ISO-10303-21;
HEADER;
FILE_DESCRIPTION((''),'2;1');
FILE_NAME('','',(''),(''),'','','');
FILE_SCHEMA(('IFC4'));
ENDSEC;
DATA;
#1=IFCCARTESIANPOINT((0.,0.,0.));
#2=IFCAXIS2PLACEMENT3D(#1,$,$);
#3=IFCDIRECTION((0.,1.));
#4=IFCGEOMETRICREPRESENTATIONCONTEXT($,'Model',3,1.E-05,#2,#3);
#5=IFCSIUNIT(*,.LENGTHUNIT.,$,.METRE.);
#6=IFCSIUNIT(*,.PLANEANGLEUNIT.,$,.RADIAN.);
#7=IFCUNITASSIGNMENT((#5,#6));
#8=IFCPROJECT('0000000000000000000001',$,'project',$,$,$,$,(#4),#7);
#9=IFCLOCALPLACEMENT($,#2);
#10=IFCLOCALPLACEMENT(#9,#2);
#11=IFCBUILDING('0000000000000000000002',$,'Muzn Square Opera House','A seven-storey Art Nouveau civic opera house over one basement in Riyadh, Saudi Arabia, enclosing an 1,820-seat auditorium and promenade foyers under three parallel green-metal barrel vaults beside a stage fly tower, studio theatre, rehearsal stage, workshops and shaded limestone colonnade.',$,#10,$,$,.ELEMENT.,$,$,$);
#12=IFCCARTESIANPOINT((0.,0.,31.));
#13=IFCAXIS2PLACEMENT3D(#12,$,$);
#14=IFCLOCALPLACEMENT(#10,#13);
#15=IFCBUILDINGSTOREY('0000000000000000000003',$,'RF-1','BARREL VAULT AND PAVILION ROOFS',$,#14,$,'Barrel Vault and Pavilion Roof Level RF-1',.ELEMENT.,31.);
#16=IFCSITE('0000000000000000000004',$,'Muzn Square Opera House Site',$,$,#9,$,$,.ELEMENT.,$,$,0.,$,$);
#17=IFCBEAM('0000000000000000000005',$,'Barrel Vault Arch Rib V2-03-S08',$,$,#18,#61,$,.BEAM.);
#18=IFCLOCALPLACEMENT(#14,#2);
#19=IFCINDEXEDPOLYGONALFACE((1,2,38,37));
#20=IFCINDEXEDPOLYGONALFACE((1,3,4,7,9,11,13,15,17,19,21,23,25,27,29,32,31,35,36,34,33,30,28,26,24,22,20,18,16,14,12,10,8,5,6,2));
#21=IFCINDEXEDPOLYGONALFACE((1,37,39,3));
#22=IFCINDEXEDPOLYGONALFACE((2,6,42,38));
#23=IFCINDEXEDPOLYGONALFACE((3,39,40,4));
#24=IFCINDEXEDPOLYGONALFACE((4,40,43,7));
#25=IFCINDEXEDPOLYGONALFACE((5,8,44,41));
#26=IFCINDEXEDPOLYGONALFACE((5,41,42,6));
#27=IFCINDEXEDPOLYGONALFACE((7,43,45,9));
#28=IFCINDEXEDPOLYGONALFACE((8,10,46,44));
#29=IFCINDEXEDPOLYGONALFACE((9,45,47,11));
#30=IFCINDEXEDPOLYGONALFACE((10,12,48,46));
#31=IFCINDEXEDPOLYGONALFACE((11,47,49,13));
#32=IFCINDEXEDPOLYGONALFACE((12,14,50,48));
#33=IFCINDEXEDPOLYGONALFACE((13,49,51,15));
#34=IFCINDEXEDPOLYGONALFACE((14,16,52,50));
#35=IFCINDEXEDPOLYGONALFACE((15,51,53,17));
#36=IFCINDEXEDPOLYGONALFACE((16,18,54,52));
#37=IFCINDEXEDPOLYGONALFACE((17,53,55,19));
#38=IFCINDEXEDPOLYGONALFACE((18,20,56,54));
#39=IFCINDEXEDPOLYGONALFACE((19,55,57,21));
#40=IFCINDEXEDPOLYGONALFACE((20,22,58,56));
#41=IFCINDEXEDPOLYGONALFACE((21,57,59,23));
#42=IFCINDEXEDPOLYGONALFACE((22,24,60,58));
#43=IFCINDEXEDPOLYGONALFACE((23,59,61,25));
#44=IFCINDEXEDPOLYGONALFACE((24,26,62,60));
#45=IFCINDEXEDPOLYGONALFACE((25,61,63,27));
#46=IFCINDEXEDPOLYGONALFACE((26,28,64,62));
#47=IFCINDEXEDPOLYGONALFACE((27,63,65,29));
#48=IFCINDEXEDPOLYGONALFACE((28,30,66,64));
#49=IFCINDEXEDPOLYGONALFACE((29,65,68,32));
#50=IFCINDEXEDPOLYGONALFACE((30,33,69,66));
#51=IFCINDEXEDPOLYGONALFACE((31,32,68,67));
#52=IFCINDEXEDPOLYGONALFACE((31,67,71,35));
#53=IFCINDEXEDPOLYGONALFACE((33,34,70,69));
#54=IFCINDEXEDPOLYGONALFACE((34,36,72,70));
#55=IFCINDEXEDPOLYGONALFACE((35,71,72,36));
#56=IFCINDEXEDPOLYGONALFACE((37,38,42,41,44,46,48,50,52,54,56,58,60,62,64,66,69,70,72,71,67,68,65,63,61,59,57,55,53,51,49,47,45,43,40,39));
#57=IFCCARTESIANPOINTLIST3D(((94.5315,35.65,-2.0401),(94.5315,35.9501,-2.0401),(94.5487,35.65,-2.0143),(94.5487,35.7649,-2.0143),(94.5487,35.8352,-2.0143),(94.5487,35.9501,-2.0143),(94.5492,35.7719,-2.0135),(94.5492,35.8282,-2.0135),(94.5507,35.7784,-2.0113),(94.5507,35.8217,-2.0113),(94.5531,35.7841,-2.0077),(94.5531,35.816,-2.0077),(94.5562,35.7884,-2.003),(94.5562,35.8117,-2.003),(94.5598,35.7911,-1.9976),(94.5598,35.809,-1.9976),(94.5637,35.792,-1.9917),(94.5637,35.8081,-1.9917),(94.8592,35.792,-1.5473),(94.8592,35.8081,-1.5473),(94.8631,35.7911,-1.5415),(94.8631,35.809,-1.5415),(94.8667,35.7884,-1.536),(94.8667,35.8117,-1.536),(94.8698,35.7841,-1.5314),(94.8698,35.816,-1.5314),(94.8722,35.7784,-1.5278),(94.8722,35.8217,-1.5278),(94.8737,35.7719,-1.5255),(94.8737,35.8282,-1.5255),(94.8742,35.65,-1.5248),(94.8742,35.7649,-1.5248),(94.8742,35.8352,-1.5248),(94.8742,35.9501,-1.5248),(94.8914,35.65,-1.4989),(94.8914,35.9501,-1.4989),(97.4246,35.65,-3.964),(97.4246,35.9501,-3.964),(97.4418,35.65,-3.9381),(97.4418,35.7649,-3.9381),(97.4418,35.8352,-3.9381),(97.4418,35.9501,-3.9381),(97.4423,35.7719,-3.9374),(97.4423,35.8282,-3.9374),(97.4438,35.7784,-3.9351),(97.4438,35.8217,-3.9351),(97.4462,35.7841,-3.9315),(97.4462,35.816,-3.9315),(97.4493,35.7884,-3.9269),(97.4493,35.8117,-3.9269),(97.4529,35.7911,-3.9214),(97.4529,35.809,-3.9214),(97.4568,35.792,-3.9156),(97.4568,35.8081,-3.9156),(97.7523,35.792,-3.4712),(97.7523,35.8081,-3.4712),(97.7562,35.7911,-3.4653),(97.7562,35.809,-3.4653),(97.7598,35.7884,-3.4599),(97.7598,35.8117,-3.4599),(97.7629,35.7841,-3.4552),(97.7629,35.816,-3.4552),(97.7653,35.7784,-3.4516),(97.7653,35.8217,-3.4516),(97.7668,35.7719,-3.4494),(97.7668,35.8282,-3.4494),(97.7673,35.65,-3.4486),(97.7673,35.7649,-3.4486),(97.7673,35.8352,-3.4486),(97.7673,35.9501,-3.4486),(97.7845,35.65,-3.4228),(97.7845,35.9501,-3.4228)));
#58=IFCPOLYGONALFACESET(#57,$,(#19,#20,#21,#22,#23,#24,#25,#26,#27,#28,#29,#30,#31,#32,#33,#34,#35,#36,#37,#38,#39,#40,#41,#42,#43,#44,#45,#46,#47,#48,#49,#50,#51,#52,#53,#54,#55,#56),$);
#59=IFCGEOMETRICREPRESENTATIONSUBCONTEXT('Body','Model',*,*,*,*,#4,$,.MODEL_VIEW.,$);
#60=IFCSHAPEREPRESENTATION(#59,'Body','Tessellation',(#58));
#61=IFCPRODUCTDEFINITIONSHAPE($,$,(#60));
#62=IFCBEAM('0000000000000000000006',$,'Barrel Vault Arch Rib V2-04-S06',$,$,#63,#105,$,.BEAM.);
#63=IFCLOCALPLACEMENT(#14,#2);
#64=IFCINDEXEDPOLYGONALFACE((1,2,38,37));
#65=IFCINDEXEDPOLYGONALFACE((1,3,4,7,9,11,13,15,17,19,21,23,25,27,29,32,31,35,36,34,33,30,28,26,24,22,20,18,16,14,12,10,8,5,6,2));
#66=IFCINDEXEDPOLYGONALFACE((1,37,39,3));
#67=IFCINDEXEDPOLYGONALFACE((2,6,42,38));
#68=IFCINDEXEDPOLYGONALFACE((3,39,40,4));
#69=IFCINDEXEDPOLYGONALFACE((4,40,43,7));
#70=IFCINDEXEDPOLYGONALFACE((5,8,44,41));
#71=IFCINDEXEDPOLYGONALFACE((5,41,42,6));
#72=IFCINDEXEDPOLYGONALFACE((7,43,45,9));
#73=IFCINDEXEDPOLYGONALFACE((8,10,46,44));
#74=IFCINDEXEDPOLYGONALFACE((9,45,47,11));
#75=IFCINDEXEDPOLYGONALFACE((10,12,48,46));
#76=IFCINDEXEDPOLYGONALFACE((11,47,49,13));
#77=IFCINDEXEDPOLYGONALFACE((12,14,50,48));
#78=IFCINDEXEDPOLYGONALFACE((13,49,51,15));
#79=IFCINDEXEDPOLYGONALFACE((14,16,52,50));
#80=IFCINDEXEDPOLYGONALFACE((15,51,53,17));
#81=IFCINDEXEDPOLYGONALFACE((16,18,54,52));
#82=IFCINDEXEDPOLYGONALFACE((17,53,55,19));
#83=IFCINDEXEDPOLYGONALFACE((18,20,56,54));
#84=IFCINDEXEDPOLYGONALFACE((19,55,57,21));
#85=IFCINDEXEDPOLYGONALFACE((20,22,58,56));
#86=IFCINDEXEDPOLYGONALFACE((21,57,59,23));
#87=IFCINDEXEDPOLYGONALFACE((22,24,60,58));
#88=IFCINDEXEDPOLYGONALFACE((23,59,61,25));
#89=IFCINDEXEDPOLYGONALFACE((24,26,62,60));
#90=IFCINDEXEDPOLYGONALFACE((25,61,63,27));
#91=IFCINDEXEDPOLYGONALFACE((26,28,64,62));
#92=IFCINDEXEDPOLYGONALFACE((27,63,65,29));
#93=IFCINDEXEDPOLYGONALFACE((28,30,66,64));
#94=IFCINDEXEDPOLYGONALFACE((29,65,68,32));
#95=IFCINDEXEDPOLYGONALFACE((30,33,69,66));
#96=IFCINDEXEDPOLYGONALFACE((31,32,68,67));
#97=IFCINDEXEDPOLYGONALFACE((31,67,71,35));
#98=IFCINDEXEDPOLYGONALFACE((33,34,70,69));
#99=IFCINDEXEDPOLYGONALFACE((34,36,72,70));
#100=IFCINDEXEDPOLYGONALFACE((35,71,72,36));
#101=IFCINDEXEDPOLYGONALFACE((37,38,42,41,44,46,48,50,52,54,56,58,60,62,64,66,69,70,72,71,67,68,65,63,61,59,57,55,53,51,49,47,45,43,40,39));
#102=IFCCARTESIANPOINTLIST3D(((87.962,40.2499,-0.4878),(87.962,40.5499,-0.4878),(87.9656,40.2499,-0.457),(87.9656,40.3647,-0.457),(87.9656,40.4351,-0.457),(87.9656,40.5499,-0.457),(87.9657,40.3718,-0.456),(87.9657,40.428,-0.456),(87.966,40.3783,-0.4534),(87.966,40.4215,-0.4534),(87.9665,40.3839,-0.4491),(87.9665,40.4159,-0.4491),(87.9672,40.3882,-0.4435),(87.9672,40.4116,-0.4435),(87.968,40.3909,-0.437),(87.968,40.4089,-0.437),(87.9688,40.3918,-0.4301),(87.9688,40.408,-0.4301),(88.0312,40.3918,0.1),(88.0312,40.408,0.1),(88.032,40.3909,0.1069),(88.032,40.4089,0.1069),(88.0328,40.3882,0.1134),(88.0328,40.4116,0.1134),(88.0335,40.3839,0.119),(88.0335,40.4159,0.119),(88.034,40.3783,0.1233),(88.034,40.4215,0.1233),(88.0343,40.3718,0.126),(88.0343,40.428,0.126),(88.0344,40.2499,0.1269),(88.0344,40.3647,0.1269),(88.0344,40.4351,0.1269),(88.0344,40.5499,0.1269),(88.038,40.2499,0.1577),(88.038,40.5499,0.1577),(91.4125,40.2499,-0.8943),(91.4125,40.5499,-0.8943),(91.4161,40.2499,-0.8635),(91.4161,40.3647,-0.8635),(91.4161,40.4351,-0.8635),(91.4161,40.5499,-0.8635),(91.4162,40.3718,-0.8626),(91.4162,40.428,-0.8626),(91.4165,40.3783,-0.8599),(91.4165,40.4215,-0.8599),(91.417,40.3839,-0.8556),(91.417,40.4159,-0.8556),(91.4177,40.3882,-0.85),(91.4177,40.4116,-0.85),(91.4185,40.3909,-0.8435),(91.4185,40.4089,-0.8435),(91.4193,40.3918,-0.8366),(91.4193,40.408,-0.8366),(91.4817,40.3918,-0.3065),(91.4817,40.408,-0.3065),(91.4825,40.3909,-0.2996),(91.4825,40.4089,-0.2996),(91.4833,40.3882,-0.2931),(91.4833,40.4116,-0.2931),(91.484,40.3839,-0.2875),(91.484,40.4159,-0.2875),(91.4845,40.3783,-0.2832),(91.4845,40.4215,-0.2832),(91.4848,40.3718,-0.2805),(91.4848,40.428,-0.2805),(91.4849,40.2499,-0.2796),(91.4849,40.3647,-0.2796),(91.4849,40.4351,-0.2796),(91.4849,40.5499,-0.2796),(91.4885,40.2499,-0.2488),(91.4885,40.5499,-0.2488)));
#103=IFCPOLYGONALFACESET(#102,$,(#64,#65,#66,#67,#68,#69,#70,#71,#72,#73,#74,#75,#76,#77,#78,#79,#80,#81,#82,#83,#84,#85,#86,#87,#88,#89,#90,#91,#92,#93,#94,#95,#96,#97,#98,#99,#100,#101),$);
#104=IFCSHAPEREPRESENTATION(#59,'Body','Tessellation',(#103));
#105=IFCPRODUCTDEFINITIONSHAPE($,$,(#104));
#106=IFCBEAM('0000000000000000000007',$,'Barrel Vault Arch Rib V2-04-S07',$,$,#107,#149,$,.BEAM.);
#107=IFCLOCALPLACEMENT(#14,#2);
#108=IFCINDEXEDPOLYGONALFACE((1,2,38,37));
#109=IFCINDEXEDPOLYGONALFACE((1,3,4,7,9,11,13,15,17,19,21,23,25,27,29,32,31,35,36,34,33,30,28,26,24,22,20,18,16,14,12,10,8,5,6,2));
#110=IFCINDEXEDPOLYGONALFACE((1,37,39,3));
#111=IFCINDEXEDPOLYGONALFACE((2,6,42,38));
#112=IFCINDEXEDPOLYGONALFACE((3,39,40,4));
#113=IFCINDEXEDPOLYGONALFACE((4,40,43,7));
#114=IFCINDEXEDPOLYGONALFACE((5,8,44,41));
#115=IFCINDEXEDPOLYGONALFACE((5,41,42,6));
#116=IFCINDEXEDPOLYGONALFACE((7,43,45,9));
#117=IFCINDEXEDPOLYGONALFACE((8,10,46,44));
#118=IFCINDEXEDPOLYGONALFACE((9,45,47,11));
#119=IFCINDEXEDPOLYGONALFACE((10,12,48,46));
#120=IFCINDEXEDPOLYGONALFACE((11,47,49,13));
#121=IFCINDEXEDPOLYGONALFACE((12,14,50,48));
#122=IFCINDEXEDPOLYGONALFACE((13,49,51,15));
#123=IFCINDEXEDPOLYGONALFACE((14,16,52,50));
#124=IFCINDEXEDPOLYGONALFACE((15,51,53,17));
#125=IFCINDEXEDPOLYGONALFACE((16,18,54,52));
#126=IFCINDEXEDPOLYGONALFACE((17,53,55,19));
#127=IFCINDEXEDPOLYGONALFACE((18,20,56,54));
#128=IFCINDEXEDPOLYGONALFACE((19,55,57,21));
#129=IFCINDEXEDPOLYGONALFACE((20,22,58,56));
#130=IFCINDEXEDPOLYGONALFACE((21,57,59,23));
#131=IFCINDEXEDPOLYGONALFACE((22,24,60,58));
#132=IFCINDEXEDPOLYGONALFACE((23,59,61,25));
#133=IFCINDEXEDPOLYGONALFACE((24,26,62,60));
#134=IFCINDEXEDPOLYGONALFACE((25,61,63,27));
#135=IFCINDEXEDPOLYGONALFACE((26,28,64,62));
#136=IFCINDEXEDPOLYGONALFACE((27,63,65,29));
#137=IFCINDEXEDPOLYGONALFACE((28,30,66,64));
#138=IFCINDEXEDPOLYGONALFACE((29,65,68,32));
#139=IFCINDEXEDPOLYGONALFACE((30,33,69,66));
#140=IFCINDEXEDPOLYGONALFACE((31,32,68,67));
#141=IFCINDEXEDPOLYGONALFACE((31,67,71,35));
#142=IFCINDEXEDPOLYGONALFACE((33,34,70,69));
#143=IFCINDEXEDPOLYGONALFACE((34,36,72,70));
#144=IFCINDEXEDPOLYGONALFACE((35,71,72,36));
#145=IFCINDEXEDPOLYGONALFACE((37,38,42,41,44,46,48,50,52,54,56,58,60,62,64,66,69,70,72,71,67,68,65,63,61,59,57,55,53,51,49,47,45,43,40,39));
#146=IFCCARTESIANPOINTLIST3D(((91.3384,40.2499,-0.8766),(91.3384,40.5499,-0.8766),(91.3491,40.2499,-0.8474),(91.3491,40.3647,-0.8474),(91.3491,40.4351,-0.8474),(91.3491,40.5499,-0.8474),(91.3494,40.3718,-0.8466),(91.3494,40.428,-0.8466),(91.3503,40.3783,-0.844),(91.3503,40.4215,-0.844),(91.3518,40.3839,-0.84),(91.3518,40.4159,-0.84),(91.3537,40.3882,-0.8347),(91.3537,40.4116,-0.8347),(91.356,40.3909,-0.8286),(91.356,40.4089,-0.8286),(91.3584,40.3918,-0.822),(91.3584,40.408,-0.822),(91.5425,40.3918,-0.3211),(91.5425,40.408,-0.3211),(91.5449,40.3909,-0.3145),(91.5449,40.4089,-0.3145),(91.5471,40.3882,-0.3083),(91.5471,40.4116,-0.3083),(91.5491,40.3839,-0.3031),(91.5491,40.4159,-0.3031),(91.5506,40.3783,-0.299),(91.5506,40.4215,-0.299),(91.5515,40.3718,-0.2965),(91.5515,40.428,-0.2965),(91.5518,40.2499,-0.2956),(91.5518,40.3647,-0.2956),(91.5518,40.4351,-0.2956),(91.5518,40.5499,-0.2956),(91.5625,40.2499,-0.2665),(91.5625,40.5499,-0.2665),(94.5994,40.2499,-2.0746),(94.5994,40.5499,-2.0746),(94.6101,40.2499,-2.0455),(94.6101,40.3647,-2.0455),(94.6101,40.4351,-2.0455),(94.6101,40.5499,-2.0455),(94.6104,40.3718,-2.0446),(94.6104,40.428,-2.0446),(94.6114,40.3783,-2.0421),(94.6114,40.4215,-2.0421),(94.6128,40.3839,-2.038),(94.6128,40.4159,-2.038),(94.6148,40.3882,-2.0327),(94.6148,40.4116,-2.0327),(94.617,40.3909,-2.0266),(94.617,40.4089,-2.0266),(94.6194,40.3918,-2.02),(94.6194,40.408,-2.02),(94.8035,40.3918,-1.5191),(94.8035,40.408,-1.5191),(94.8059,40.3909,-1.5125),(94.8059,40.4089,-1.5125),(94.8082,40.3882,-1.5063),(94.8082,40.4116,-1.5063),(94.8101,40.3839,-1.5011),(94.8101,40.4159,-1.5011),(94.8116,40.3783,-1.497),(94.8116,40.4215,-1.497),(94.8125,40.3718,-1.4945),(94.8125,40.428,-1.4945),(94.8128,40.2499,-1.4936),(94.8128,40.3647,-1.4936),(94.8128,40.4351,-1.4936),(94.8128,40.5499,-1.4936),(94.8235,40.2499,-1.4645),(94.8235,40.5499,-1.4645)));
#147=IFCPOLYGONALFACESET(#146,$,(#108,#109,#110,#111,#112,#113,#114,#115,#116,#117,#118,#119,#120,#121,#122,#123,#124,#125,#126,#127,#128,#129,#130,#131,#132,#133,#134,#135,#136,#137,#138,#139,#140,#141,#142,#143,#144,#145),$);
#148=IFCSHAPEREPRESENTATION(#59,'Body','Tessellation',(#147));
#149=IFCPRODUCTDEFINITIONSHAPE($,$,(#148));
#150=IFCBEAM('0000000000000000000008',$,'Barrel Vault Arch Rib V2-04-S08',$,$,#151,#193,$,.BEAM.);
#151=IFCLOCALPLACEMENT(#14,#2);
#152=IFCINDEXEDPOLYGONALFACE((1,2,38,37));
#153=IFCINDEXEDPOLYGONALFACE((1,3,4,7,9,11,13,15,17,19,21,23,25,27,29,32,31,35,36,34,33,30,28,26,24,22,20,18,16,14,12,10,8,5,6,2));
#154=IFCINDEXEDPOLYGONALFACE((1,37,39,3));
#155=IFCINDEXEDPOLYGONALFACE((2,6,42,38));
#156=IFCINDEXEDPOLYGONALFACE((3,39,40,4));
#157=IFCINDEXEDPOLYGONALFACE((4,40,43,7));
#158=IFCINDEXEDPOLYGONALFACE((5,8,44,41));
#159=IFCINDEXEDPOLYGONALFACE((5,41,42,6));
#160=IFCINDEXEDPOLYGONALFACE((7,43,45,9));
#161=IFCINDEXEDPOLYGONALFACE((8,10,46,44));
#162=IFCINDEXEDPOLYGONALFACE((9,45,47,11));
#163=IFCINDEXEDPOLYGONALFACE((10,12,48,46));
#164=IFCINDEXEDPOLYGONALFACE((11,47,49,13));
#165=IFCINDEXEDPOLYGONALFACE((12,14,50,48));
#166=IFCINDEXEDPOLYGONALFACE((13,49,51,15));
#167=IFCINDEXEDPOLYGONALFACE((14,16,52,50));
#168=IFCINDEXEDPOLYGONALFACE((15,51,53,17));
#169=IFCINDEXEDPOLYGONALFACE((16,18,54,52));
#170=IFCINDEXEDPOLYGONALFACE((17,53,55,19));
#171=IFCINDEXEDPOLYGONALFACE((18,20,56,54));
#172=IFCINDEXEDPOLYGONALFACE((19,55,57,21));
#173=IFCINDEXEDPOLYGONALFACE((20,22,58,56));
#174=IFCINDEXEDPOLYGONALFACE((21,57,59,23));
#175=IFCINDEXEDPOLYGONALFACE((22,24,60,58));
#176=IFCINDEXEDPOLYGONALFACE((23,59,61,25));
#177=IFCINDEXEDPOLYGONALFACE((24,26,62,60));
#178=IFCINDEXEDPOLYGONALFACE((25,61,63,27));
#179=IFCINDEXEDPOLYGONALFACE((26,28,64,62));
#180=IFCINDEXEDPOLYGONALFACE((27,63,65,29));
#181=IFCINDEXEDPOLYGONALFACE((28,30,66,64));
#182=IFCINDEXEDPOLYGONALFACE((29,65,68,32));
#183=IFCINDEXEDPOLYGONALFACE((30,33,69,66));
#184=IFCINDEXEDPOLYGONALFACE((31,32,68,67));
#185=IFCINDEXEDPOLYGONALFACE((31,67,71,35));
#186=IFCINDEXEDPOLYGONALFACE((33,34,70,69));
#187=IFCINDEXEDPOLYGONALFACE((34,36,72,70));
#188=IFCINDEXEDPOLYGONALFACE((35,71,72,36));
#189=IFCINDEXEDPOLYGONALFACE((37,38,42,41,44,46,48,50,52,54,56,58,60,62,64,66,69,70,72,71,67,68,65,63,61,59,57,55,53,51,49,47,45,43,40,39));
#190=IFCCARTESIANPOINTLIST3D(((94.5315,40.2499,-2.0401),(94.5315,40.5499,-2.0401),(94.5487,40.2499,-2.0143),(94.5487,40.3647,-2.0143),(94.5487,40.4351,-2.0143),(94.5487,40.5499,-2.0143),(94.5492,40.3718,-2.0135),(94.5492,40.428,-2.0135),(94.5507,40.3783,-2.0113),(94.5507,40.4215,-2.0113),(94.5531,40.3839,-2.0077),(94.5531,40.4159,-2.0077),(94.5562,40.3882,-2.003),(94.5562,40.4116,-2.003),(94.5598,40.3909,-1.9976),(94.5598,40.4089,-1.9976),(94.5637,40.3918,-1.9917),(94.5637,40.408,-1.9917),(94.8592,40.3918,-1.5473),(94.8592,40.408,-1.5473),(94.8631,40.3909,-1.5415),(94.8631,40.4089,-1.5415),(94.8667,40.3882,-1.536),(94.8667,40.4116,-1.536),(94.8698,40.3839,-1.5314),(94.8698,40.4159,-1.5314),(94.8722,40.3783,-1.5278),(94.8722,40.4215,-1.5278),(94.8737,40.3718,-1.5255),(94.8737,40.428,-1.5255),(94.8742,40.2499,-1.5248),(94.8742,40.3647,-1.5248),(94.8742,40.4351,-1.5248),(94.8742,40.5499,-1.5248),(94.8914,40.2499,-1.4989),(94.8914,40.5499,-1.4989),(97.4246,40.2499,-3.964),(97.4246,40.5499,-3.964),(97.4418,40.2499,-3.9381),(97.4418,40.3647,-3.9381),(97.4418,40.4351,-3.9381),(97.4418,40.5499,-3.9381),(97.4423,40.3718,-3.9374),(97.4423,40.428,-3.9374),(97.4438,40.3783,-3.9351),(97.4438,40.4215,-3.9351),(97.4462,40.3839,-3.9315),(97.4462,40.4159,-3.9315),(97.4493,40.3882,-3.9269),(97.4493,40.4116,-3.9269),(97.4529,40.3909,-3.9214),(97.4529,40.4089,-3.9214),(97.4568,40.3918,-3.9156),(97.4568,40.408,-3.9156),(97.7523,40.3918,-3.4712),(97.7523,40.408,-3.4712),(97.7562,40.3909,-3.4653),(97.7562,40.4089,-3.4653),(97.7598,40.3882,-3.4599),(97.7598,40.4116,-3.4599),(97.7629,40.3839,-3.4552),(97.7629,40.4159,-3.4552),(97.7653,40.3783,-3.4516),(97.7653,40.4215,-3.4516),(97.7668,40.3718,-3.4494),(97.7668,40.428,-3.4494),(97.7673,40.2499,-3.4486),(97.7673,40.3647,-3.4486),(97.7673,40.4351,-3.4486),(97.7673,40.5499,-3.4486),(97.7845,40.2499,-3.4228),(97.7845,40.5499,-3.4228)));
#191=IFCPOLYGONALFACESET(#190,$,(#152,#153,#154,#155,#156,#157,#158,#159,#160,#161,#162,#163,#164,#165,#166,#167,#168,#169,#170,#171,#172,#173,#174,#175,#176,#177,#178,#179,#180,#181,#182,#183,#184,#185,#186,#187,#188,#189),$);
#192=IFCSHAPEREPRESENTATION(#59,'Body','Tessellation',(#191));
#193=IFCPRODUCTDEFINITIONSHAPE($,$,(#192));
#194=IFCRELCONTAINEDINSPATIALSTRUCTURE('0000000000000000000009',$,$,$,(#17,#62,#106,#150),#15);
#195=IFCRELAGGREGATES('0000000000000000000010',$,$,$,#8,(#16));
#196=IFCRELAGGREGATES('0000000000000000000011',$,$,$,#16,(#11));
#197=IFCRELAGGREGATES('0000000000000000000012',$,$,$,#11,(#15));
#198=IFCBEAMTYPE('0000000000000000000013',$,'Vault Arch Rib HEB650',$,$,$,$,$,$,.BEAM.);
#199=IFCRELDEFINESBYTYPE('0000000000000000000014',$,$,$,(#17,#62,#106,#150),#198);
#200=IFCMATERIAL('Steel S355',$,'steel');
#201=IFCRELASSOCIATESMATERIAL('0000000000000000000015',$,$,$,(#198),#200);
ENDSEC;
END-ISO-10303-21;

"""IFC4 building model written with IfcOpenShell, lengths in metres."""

from ifc_helpers import new_model, si_unit, direction, frame, origin, origin_2d, place, context, subcontext, project, spatial, i_section, extrude, material, material_profile, profile_set, type_object, element, save


model = new_model("IFC4")

# Units and contexts
model_context = context("Model", 3, precision=1e-05, world=origin(), true_north=direction((0.0, 1.0)))
body_context = subcontext(model_context, "Body", "Model", "MODEL_VIEW")
ifc_project = project(units=[si_unit("LENGTHUNIT", "METRE"), si_unit("PLANEANGLEUNIT", "RADIAN")], contexts=[model_context])

# Site, building, storey
site_placement = place(None, origin())
site = spatial("IfcSite", under=ifc_project, at=site_placement, Name="Muzn Square Opera House Site", CompositionType="ELEMENT", RefElevation=0.0)
building_placement = place(site_placement, origin())
building = spatial("IfcBuilding", under=site, at=building_placement, Name="Muzn Square Opera House", Description="A seven-storey Art Nouveau civic opera house over one basement in Riyadh, Saudi Arabia, enclosing an 1,820-seat auditorium and promenade foyers under three parallel green-metal barrel vaults beside a stage fly tower, studio theatre, rehearsal stage, workshops and shaded limestone colonnade.", CompositionType="ELEMENT")
storey_placement = place(building_placement, frame((0.0, 0.0, 31.0)))
storey = spatial("IfcBuildingStorey", under=building, at=storey_placement, Name="RF-1", Description="BARREL VAULT AND PAVILION ROOFS", LongName="Barrel Vault and Pavilion Roof Level RF-1", CompositionType="ELEMENT", Elevation=31.0)

# Beams
ifc_material_1 = material(Name="Steel S355", Category="steel")
ifc_material_profile_1 = material_profile(ifc_material_1, i_section(OverallWidth=0.3, OverallDepth=0.6499, WebThickness=0.0161, FlangeThickness=0.031, FilletRadius=0.0271, at=origin_2d()), Name="HEB 650", Category="steel")
ifc_profile_set_1 = profile_set([ifc_material_profile_1], Name="Steel S355")
beam_type_1 = type_object("IfcBeamType", Name="Vault Arch Rib HEB650", PredefinedType="BEAM", material=ifc_profile_set_1)
for number, where, z_axis, x_axis, name in (
    (1, (94.7114, 35.8, -1.7695), (0.832698, 0.0, -0.553727), (0.0, 1.0, 0.0), "Barrel Vault Arch Rib V2-03-S08"),
    (2, (88.0, 40.3999, -0.165), (0.993132, 0.0, -0.117), (0.0, 1.0, 0.0), "Barrel Vault Arch Rib V2-04-S06"),
):
    element("IfcBeam", number, at=place(storey_placement, frame(where, z_axis=z_axis, x_axis=x_axis)), inside=storey, type_object=beam_type_1, Name=name, PredefinedType="BEAM", context=body_context, shape_type="SweptSolid", body=[
        extrude(i_section(OverallWidth=0.3, OverallDepth=0.6499, WebThickness=0.0161, FlangeThickness=0.031, FilletRadius=0.0271, at=origin_2d()), origin(), (0.0, 0.0, 1.0), 3.4744),
    ])
beam_1_placement = place(storey_placement, frame((91.4504, 40.3999, -0.5715), z_axis=(0.938662, 0.0, -0.344839), x_axis=(0.0, 1.0, 0.0)))
element("IfcBeam", 3, at=beam_1_placement, inside=storey, type_object=beam_type_1, Name="Barrel Vault Arch Rib V2-04-S07", PredefinedType="BEAM", context=body_context, shape_type="SweptSolid", body=[
    extrude(i_section(OverallWidth=0.3, OverallDepth=0.6499, WebThickness=0.0161, FlangeThickness=0.031, FilletRadius=0.0271, at=origin_2d()), origin(), (0.0, 0.0, 1.0), 3.4741),
])
for number, where, z_axis, x_axis, name in (
    (4, (94.7114, 40.3999, -1.7695), (0.832698, 0.0, -0.553727), (0.0, 1.0, 0.0), "Barrel Vault Arch Rib V2-04-S08"),
):
    element("IfcBeam", number, at=place(storey_placement, frame(where, z_axis=z_axis, x_axis=x_axis)), inside=storey, type_object=beam_type_1, Name=name, PredefinedType="BEAM", context=body_context, shape_type="SweptSolid", body=[
        extrude(i_section(OverallWidth=0.3, OverallDepth=0.6499, WebThickness=0.0161, FlangeThickness=0.031, FilletRadius=0.0271, at=origin_2d()), origin(), (0.0, 0.0, 1.0), 3.4744),
    ])

save(model, "model.ifc")
